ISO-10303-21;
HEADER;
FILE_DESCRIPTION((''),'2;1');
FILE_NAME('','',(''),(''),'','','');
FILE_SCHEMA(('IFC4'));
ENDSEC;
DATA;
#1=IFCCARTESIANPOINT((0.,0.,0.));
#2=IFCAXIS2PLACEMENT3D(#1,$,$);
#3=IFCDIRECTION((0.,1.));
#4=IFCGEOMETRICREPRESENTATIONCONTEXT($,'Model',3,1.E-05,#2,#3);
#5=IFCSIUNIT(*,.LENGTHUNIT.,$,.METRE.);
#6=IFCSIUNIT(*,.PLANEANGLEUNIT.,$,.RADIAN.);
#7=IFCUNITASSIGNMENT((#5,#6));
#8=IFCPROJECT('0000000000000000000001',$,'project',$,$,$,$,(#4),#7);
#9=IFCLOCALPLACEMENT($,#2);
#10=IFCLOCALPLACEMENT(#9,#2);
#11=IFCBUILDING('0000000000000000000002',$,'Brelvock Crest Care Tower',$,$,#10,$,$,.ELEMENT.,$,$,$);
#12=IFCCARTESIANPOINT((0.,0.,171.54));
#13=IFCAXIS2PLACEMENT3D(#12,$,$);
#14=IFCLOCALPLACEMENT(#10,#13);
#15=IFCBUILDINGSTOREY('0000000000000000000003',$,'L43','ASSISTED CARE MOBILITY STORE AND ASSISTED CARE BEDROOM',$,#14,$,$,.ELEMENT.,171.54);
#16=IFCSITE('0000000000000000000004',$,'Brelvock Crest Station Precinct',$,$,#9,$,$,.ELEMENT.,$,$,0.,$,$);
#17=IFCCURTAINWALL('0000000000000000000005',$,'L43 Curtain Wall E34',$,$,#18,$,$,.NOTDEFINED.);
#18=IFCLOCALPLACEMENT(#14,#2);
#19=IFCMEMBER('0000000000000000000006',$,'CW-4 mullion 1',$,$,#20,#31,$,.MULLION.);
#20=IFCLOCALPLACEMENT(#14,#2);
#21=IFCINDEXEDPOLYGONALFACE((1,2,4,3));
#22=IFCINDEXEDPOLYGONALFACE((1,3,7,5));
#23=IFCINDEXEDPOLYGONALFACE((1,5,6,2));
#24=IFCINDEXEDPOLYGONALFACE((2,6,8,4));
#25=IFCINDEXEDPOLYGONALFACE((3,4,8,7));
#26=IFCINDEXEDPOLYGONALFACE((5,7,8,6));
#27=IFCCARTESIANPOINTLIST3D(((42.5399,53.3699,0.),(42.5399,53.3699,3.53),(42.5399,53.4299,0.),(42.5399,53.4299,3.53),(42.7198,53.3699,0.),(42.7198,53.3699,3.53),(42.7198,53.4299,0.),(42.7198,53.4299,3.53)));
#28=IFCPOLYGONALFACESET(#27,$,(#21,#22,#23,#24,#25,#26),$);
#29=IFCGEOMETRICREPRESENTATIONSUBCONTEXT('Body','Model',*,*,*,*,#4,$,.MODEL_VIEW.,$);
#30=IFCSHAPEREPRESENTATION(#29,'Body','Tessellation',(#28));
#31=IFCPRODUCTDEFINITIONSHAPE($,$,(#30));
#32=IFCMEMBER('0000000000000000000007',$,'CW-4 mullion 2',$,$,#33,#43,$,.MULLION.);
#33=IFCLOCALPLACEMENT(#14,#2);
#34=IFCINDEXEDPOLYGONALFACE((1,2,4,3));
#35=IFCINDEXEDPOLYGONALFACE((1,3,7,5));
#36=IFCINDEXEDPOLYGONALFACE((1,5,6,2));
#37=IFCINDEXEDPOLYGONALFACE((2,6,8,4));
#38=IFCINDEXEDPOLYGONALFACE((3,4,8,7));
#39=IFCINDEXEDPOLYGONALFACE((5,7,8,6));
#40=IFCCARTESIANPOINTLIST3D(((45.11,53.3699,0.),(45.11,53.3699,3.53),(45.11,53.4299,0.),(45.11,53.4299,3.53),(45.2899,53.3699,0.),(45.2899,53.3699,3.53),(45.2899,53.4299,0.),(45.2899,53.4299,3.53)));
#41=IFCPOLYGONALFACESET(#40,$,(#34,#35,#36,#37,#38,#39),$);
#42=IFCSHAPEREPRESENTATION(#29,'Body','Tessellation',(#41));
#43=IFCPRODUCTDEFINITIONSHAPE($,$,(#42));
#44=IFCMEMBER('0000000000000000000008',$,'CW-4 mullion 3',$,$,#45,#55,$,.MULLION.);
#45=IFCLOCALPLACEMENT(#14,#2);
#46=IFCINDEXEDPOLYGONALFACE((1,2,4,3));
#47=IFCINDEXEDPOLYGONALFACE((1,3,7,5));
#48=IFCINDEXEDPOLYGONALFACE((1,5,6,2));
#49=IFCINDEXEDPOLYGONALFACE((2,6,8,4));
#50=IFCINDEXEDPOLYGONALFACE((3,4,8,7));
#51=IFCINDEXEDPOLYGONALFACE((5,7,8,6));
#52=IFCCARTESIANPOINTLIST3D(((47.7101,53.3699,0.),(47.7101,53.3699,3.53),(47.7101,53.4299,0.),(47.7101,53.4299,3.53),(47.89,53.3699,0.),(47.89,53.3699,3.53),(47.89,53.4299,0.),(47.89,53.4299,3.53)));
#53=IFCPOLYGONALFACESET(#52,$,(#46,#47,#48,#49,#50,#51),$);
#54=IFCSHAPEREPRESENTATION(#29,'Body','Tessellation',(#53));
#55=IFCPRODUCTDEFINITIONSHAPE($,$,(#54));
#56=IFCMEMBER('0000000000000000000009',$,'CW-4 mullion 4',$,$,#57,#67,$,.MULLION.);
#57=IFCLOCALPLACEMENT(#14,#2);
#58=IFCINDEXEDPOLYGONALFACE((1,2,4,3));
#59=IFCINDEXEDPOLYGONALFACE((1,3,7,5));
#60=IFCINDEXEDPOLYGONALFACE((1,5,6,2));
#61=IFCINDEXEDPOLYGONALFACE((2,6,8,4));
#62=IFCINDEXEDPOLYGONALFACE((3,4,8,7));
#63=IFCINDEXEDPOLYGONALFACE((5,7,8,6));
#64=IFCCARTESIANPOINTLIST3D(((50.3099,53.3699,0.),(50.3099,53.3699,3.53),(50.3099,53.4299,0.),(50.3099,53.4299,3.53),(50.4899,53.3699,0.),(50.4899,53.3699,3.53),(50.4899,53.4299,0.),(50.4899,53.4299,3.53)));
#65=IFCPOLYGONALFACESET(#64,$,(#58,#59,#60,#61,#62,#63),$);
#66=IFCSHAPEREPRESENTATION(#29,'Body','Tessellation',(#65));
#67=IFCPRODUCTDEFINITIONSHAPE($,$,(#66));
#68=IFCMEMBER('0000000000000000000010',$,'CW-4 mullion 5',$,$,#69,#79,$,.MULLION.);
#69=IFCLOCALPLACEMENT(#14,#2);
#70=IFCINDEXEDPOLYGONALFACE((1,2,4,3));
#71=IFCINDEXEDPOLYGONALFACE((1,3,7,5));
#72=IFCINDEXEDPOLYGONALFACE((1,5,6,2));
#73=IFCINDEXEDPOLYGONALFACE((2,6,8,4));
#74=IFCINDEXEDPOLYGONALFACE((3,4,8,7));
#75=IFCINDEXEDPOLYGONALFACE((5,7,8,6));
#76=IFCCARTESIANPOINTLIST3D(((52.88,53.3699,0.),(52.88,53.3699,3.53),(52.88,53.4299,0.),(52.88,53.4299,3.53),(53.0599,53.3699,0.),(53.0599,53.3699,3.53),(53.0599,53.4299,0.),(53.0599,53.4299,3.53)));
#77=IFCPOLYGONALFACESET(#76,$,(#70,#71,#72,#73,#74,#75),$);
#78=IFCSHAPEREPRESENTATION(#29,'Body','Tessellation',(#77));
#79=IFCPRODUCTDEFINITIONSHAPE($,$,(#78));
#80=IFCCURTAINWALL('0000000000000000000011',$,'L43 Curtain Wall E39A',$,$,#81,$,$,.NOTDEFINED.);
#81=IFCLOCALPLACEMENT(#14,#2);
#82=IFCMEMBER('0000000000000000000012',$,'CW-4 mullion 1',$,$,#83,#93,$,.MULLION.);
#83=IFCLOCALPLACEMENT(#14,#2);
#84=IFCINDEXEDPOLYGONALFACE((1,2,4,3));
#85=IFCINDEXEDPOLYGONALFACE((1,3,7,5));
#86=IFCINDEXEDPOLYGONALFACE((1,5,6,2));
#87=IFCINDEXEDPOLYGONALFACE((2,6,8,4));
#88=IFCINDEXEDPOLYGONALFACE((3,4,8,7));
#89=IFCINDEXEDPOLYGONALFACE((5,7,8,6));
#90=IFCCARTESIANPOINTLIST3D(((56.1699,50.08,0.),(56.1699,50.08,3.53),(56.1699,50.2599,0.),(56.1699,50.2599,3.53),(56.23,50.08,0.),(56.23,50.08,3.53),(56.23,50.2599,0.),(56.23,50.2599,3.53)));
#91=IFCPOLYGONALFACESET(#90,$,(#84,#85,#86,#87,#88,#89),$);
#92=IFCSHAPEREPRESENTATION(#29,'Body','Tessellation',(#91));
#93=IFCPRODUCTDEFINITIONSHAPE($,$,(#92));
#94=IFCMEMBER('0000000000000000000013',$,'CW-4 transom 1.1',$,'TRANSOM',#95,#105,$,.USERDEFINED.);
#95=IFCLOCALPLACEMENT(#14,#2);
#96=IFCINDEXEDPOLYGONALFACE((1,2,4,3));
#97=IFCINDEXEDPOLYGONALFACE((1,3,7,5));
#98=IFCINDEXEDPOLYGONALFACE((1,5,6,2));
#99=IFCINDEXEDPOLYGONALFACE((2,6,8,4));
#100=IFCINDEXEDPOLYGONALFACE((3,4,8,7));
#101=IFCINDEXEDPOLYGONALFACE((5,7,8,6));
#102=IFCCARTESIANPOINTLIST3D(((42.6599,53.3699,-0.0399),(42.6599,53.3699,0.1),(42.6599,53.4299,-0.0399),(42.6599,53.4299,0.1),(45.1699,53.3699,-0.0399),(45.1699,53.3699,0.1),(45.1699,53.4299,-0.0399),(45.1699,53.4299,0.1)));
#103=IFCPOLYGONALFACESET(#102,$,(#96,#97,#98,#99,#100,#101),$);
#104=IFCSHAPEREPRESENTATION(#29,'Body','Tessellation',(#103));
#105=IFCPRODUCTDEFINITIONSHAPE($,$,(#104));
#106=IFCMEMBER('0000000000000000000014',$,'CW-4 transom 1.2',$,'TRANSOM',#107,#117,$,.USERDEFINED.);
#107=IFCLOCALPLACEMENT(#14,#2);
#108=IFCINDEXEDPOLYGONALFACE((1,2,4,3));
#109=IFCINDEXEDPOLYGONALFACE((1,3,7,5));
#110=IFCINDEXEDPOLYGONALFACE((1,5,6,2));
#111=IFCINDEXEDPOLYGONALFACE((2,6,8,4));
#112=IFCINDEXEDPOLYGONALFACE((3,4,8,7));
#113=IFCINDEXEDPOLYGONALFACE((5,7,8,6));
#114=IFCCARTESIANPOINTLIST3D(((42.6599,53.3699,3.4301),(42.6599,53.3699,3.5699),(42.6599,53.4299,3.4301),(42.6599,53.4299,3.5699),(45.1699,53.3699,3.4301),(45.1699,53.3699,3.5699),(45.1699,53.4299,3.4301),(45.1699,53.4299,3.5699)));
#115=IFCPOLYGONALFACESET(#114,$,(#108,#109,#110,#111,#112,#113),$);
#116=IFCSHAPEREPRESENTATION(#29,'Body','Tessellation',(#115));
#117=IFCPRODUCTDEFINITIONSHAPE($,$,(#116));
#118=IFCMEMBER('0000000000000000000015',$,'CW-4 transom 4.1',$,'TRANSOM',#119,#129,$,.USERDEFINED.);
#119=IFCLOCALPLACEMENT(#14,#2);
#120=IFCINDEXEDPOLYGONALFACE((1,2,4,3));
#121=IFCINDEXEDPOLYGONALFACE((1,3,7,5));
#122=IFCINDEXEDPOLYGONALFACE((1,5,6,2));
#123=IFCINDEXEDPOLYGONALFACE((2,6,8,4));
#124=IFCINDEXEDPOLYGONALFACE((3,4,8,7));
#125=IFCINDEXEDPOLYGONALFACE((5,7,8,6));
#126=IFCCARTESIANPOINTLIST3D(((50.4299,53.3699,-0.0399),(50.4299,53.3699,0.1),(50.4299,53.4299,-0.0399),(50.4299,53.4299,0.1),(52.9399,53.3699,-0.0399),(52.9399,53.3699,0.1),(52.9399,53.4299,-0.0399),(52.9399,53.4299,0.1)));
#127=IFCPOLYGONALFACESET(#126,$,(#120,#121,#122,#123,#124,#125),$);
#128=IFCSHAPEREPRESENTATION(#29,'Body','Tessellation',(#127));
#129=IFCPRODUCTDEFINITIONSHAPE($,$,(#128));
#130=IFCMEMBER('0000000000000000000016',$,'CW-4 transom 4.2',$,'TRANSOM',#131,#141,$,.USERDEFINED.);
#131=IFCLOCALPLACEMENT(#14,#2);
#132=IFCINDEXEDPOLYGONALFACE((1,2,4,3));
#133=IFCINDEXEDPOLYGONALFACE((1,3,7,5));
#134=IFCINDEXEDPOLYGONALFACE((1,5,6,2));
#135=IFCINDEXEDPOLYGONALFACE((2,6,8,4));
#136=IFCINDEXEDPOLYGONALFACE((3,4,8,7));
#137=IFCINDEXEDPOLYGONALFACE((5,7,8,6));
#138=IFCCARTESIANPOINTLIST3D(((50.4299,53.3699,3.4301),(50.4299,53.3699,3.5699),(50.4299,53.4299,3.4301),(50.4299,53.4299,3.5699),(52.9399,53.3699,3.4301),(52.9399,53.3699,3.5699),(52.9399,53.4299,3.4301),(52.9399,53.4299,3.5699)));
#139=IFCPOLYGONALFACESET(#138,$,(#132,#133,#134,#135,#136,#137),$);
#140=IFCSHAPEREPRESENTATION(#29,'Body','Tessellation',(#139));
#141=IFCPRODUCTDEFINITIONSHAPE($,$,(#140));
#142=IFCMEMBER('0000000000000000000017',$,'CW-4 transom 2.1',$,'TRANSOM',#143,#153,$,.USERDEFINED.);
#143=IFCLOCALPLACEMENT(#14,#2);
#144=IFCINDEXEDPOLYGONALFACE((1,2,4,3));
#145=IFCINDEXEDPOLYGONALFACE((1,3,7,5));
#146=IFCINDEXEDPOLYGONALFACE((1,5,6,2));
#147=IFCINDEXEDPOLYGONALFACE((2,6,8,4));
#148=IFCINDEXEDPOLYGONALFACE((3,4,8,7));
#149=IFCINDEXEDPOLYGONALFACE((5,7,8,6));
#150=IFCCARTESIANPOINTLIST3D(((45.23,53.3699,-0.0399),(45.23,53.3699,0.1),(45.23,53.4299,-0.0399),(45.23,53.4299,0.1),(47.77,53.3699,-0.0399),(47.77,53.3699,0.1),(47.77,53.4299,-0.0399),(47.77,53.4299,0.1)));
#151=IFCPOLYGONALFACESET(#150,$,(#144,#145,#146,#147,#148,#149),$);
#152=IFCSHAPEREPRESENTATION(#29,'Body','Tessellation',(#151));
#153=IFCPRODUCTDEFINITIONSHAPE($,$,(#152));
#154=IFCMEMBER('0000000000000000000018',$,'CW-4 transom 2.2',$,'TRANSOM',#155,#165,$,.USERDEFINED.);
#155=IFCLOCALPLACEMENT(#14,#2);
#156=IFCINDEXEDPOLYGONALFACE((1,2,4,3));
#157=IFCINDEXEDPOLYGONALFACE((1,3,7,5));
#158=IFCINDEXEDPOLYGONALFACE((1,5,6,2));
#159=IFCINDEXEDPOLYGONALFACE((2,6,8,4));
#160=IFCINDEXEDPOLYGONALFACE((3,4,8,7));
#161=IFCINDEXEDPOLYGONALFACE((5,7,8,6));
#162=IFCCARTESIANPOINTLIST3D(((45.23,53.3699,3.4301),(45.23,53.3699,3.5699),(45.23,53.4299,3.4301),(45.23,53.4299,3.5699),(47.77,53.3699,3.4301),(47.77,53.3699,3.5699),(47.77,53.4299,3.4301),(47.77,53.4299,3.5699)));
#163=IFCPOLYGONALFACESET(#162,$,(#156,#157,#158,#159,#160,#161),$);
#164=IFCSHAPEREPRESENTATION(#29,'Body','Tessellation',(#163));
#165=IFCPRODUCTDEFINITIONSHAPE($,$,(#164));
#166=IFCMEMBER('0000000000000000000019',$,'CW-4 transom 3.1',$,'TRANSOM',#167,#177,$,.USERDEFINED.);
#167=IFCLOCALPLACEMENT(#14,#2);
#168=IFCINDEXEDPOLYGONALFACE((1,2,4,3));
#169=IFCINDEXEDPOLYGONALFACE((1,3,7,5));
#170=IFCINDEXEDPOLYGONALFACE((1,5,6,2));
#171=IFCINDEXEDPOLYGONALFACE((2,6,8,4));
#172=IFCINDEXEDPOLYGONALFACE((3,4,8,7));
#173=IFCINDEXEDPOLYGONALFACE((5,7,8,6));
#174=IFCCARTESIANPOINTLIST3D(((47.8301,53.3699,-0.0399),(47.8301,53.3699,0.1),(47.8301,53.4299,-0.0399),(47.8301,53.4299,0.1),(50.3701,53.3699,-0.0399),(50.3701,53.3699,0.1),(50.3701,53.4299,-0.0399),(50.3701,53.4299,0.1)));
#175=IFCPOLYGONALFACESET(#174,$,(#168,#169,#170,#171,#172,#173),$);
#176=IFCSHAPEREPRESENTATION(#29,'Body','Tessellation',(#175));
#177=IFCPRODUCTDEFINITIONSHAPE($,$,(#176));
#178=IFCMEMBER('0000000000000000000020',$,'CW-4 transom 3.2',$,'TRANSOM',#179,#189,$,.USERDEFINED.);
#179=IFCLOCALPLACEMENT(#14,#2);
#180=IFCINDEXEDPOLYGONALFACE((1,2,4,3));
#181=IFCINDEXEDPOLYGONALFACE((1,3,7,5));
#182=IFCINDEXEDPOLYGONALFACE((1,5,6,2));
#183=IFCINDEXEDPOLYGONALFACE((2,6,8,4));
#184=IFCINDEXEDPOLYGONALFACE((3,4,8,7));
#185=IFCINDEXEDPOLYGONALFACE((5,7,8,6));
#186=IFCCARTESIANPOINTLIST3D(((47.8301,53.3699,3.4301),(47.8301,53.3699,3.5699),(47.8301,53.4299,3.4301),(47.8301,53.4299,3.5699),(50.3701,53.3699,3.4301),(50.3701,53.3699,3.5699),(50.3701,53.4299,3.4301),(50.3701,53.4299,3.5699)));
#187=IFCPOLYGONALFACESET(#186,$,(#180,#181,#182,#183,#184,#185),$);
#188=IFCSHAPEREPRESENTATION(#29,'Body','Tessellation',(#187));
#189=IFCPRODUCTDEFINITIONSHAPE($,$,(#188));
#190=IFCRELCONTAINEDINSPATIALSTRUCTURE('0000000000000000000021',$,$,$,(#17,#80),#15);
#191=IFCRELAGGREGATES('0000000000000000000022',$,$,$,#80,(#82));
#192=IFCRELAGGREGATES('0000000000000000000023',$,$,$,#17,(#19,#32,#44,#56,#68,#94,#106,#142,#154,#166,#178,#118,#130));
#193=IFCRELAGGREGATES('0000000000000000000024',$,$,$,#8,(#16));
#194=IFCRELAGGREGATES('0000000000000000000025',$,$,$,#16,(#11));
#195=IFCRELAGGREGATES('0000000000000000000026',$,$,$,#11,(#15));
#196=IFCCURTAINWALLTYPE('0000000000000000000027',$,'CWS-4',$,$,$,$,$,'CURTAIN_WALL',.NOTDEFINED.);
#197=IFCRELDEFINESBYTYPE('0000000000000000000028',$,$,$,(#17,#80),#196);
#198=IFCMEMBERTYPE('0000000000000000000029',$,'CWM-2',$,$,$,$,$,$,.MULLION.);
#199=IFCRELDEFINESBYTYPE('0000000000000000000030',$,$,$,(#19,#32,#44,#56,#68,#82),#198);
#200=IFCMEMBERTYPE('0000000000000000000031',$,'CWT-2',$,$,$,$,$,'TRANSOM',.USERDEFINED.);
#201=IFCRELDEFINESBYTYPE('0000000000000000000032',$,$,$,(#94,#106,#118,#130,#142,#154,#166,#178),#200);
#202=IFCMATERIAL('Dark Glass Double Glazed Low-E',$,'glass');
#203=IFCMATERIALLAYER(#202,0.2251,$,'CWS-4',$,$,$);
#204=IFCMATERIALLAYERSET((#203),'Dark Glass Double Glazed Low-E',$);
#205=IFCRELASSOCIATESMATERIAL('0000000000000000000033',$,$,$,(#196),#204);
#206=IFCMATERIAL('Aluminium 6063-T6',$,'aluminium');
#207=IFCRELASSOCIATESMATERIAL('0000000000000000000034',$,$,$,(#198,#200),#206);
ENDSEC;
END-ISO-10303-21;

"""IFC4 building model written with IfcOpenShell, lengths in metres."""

from ifc_helpers import new_model, si_unit, direction, frame, origin, origin_2d, place, context, subcontext, project, spatial, rectangle, extrude, source, transform, mapped, material, layer, layer_set, material_profile, profile_set, type_object, element, aggregate, save


model = new_model("IFC4")

# Units and contexts
model_context = context("Model", 3, precision=1e-05, world=origin(), true_north=direction((0.0, 1.0)))
body_context = subcontext(model_context, "Body", "Model", "MODEL_VIEW")
ifc_project = project(units=[si_unit("LENGTHUNIT", "METRE"), si_unit("PLANEANGLEUNIT", "RADIAN")], contexts=[model_context])

# Site, building, storey
site_placement = place(None, origin())
site = spatial("IfcSite", under=ifc_project, at=site_placement, Name="Brelvock Crest Station Precinct", CompositionType="ELEMENT", RefElevation=0.0)
building_placement = place(site_placement, origin())
building = spatial("IfcBuilding", under=site, at=building_placement, Name="Brelvock Crest Care Tower", CompositionType="ELEMENT")
storey_placement = place(building_placement, frame((0.0, 0.0, 171.54)))
storey = spatial("IfcBuildingStorey", under=building, at=storey_placement, Name="L43", Description="ASSISTED CARE MOBILITY STORE AND ASSISTED CARE BEDROOM", CompositionType="ELEMENT", Elevation=171.54)

# Curtain wall, members
ifc_material_1 = material(Name="Dark Glass Double Glazed Low-E", Category="glass")
ifc_layer_1 = layer(ifc_material_1, 0.2251, Name="CWS-4")
ifc_layer_set_1 = layer_set([ifc_layer_1], Name="Dark Glass Double Glazed Low-E")
curtain_wall_type = type_object("IfcCurtainWallType", Name="CWS-4", ElementType="CURTAIN_WALL", PredefinedType="NOTDEFINED", material=ifc_layer_set_1)
curtain_wall_1_placement = place(storey_placement, origin())
curtain_wall_1 = element("IfcCurtainWall", 1, at=curtain_wall_1_placement, inside=storey, type_object=curtain_wall_type, Name="L43 Curtain Wall E34", PredefinedType="NOTDEFINED")
ifc_material_2 = material(Name="Aluminium 6063-T6", Category="aluminium")
ifc_material_profile_1 = material_profile(ifc_material_2, rectangle(XDim=0.0601, YDim=0.1799, at=origin_2d()), Name="ALU60x180")
ifc_profile_set_1 = profile_set([ifc_material_profile_1], Name="Aluminium 6063-T6")
member_type_1 = type_object("IfcMemberType", Name="CWM-2", PredefinedType="MULLION", material=ifc_profile_set_1)
shared_shape_1 = source(origin(), body_context, "Body", "SweptSolid", [
    extrude(rectangle(XDim=0.0601, YDim=0.1799, at=origin_2d()), origin(), (0.0, 0.0, 1.0), 3.53),
])
member_1_placement = place(storey_placement, frame((42.6299, 53.3999, 0.0), z_axis=(0.0, 0.0, 1.0), x_axis=(0.0, 1.0, 0.0)))
member_1 = element("IfcMember", 2, at=member_1_placement, type_object=member_type_1, Name="CW-4 mullion 1", PredefinedType="MULLION", context=body_context, shape_type="MappedRepresentation", body=[
    mapped(shared_shape_1, transform((0.0, 0.0, 0.0), x_axis=(1.0, 0.0, 0.0), y_axis=(0.0, 1.0, 0.0), z_axis=(0.0, 0.0, 1.0), scale=1.0)),
])
member_2_placement = place(storey_placement, frame((45.2, 53.3999, 0.0), z_axis=(0.0, 0.0, 1.0), x_axis=(0.0, 1.0, 0.0)))
member_2 = element("IfcMember", 3, at=member_2_placement, type_object=member_type_1, Name="CW-4 mullion 2", PredefinedType="MULLION", context=body_context, shape_type="MappedRepresentation", body=[
    mapped(shared_shape_1, transform((0.0, 0.0, 0.0), x_axis=(1.0, 0.0, 0.0), y_axis=(0.0, 1.0, 0.0), z_axis=(0.0, 0.0, 1.0), scale=1.0)),
])
member_3_placement = place(storey_placement, frame((47.8, 53.3999, 0.0), z_axis=(0.0, 0.0, 1.0), x_axis=(0.0, 1.0, 0.0)))
member_3 = element("IfcMember", 4, at=member_3_placement, type_object=member_type_1, Name="CW-4 mullion 3", PredefinedType="MULLION", context=body_context, shape_type="MappedRepresentation", body=[
    mapped(shared_shape_1, transform((0.0, 0.0, 0.0), x_axis=(1.0, 0.0, 0.0), y_axis=(0.0, 1.0, 0.0), z_axis=(0.0, 0.0, 1.0), scale=1.0)),
])
member_4_placement = place(storey_placement, frame((50.3999, 53.3999, 0.0), z_axis=(0.0, 0.0, 1.0), x_axis=(0.0, 1.0, 0.0)))
member_4 = element("IfcMember", 5, at=member_4_placement, type_object=member_type_1, Name="CW-4 mullion 4", PredefinedType="MULLION", context=body_context, shape_type="MappedRepresentation", body=[
    mapped(shared_shape_1, transform((0.0, 0.0, 0.0), x_axis=(1.0, 0.0, 0.0), y_axis=(0.0, 1.0, 0.0), z_axis=(0.0, 0.0, 1.0), scale=1.0)),
])
member_5_placement = place(storey_placement, frame((52.97, 53.3999, 0.0), z_axis=(0.0, 0.0, 1.0), x_axis=(0.0, 1.0, 0.0)))
member_5 = element("IfcMember", 6, at=member_5_placement, type_object=member_type_1, Name="CW-4 mullion 5", PredefinedType="MULLION", context=body_context, shape_type="MappedRepresentation", body=[
    mapped(shared_shape_1, transform((0.0, 0.0, 0.0), x_axis=(1.0, 0.0, 0.0), y_axis=(0.0, 1.0, 0.0), z_axis=(0.0, 0.0, 1.0), scale=1.0)),
])

# Curtain wall, member
curtain_wall_2_placement = place(storey_placement, origin())
curtain_wall_2 = element("IfcCurtainWall", 7, at=curtain_wall_2_placement, inside=storey, type_object=curtain_wall_type, Name="L43 Curtain Wall E39A", PredefinedType="NOTDEFINED")
member_6_placement = place(storey_placement, frame((56.2, 50.1699, 0.0), z_axis=(0.0, 0.0, 1.0), x_axis=(1.0, 0.0, 0.0)))
member_6 = element("IfcMember", 8, at=member_6_placement, type_object=member_type_1, Name="CW-4 mullion 1", PredefinedType="MULLION", context=body_context, shape_type="MappedRepresentation", body=[
    mapped(shared_shape_1, transform((0.0, 0.0, 0.0), x_axis=(1.0, 0.0, 0.0), y_axis=(0.0, 1.0, 0.0), z_axis=(0.0, 0.0, 1.0), scale=1.0)),
])

# Members
ifc_material_profile_2 = material_profile(ifc_material_2, rectangle(XDim=0.0601, YDim=0.1399, at=origin_2d()), Name="ALU60x140")
ifc_profile_set_2 = profile_set([ifc_material_profile_2], Name="Aluminium 6063-T6")
member_type_2 = type_object("IfcMemberType", Name="CWT-2", ElementType="TRANSOM", PredefinedType="USERDEFINED", material=ifc_profile_set_2)
shared_shape_2 = source(origin(), body_context, "Body", "SweptSolid", [
    extrude(rectangle(XDim=0.0601, YDim=0.1399, at=origin_2d()), origin(), (0.0, 0.0, 1.0), 2.51),
])
member_7_placement = place(storey_placement, frame((42.6599, 53.3999, 0.03), z_axis=(1.0, 0.0, 0.0), x_axis=(0.0, 1.0, 0.0)))
member_7 = element("IfcMember", 9, at=member_7_placement, type_object=member_type_2, Name="CW-4 transom 1.1", ObjectType="TRANSOM", PredefinedType="USERDEFINED", context=body_context, shape_type="MappedRepresentation", body=[
    mapped(shared_shape_2, transform((0.0, 0.0, 0.0), x_axis=(1.0, 0.0, 0.0), y_axis=(0.0, 1.0, 0.0), z_axis=(0.0, 0.0, 1.0), scale=1.0)),
])
member_8_placement = place(storey_placement, frame((42.6599, 53.3999, 3.5), z_axis=(1.0, 0.0, 0.0), x_axis=(0.0, 1.0, 0.0)))
member_8 = element("IfcMember", 10, at=member_8_placement, type_object=member_type_2, Name="CW-4 transom 1.2", ObjectType="TRANSOM", PredefinedType="USERDEFINED", context=body_context, shape_type="MappedRepresentation", body=[
    mapped(shared_shape_2, transform((0.0, 0.0, 0.0), x_axis=(1.0, 0.0, 0.0), y_axis=(0.0, 1.0, 0.0), z_axis=(0.0, 0.0, 1.0), scale=1.0)),
])
member_9_placement = place(storey_placement, frame((50.4299, 53.3999, 0.03), z_axis=(1.0, 0.0, 0.0), x_axis=(0.0, 1.0, 0.0)))
member_9 = element("IfcMember", 11, at=member_9_placement, type_object=member_type_2, Name="CW-4 transom 4.1", ObjectType="TRANSOM", PredefinedType="USERDEFINED", context=body_context, shape_type="MappedRepresentation", body=[
    mapped(shared_shape_2, transform((0.0, 0.0, 0.0), x_axis=(1.0, 0.0, 0.0), y_axis=(0.0, 1.0, 0.0), z_axis=(0.0, 0.0, 1.0), scale=1.0)),
])
member_10_placement = place(storey_placement, frame((50.4299, 53.3999, 3.5), z_axis=(1.0, 0.0, 0.0), x_axis=(0.0, 1.0, 0.0)))
member_10 = element("IfcMember", 12, at=member_10_placement, type_object=member_type_2, Name="CW-4 transom 4.2", ObjectType="TRANSOM", PredefinedType="USERDEFINED", context=body_context, shape_type="MappedRepresentation", body=[
    mapped(shared_shape_2, transform((0.0, 0.0, 0.0), x_axis=(1.0, 0.0, 0.0), y_axis=(0.0, 1.0, 0.0), z_axis=(0.0, 0.0, 1.0), scale=1.0)),
])
shared_shape_3 = source(origin(), body_context, "Body", "SweptSolid", [
    extrude(rectangle(XDim=0.0601, YDim=0.1399, at=origin_2d()), origin(), (0.0, 0.0, 1.0), 2.54),
])
member_11_placement = place(storey_placement, frame((45.23, 53.3999, 0.03), z_axis=(1.0, 0.0, 0.0), x_axis=(0.0, 1.0, 0.0)))
member_11 = element("IfcMember", 13, at=member_11_placement, type_object=member_type_2, Name="CW-4 transom 2.1", ObjectType="TRANSOM", PredefinedType="USERDEFINED", context=body_context, shape_type="MappedRepresentation", body=[
    mapped(shared_shape_3, transform((0.0, 0.0, 0.0), x_axis=(1.0, 0.0, 0.0), y_axis=(0.0, 1.0, 0.0), z_axis=(0.0, 0.0, 1.0), scale=1.0)),
])
member_12_placement = place(storey_placement, frame((45.23, 53.3999, 3.5), z_axis=(1.0, 0.0, 0.0), x_axis=(0.0, 1.0, 0.0)))
member_12 = element("IfcMember", 14, at=member_12_placement, type_object=member_type_2, Name="CW-4 transom 2.2", ObjectType="TRANSOM", PredefinedType="USERDEFINED", context=body_context, shape_type="MappedRepresentation", body=[
    mapped(shared_shape_3, transform((0.0, 0.0, 0.0), x_axis=(1.0, 0.0, 0.0), y_axis=(0.0, 1.0, 0.0), z_axis=(0.0, 0.0, 1.0), scale=1.0)),
])
member_13_placement = place(storey_placement, frame((47.8301, 53.3999, 0.03), z_axis=(1.0, 0.0, 0.0), x_axis=(0.0, 1.0, 0.0)))
member_13 = element("IfcMember", 15, at=member_13_placement, type_object=member_type_2, Name="CW-4 transom 3.1", ObjectType="TRANSOM", PredefinedType="USERDEFINED", context=body_context, shape_type="MappedRepresentation", body=[
    mapped(shared_shape_3, transform((0.0, 0.0, 0.0), x_axis=(1.0, 0.0, 0.0), y_axis=(0.0, 1.0, 0.0), z_axis=(0.0, 0.0, 1.0), scale=1.0)),
])
member_14_placement = place(storey_placement, frame((47.8301, 53.3999, 3.5), z_axis=(1.0, 0.0, 0.0), x_axis=(0.0, 1.0, 0.0)))
member_14 = element("IfcMember", 16, at=member_14_placement, type_object=member_type_2, Name="CW-4 transom 3.2", ObjectType="TRANSOM", PredefinedType="USERDEFINED", context=body_context, shape_type="MappedRepresentation", body=[
    mapped(shared_shape_3, transform((0.0, 0.0, 0.0), x_axis=(1.0, 0.0, 0.0), y_axis=(0.0, 1.0, 0.0), z_axis=(0.0, 0.0, 1.0), scale=1.0)),
])
aggregate(curtain_wall_2, [member_6])

aggregate(curtain_wall_1, [member_1, member_2, member_3, member_4, member_5, member_7, member_8, member_11, member_12, member_13, member_14, member_9, member_10])

save(model, "model.ifc")
